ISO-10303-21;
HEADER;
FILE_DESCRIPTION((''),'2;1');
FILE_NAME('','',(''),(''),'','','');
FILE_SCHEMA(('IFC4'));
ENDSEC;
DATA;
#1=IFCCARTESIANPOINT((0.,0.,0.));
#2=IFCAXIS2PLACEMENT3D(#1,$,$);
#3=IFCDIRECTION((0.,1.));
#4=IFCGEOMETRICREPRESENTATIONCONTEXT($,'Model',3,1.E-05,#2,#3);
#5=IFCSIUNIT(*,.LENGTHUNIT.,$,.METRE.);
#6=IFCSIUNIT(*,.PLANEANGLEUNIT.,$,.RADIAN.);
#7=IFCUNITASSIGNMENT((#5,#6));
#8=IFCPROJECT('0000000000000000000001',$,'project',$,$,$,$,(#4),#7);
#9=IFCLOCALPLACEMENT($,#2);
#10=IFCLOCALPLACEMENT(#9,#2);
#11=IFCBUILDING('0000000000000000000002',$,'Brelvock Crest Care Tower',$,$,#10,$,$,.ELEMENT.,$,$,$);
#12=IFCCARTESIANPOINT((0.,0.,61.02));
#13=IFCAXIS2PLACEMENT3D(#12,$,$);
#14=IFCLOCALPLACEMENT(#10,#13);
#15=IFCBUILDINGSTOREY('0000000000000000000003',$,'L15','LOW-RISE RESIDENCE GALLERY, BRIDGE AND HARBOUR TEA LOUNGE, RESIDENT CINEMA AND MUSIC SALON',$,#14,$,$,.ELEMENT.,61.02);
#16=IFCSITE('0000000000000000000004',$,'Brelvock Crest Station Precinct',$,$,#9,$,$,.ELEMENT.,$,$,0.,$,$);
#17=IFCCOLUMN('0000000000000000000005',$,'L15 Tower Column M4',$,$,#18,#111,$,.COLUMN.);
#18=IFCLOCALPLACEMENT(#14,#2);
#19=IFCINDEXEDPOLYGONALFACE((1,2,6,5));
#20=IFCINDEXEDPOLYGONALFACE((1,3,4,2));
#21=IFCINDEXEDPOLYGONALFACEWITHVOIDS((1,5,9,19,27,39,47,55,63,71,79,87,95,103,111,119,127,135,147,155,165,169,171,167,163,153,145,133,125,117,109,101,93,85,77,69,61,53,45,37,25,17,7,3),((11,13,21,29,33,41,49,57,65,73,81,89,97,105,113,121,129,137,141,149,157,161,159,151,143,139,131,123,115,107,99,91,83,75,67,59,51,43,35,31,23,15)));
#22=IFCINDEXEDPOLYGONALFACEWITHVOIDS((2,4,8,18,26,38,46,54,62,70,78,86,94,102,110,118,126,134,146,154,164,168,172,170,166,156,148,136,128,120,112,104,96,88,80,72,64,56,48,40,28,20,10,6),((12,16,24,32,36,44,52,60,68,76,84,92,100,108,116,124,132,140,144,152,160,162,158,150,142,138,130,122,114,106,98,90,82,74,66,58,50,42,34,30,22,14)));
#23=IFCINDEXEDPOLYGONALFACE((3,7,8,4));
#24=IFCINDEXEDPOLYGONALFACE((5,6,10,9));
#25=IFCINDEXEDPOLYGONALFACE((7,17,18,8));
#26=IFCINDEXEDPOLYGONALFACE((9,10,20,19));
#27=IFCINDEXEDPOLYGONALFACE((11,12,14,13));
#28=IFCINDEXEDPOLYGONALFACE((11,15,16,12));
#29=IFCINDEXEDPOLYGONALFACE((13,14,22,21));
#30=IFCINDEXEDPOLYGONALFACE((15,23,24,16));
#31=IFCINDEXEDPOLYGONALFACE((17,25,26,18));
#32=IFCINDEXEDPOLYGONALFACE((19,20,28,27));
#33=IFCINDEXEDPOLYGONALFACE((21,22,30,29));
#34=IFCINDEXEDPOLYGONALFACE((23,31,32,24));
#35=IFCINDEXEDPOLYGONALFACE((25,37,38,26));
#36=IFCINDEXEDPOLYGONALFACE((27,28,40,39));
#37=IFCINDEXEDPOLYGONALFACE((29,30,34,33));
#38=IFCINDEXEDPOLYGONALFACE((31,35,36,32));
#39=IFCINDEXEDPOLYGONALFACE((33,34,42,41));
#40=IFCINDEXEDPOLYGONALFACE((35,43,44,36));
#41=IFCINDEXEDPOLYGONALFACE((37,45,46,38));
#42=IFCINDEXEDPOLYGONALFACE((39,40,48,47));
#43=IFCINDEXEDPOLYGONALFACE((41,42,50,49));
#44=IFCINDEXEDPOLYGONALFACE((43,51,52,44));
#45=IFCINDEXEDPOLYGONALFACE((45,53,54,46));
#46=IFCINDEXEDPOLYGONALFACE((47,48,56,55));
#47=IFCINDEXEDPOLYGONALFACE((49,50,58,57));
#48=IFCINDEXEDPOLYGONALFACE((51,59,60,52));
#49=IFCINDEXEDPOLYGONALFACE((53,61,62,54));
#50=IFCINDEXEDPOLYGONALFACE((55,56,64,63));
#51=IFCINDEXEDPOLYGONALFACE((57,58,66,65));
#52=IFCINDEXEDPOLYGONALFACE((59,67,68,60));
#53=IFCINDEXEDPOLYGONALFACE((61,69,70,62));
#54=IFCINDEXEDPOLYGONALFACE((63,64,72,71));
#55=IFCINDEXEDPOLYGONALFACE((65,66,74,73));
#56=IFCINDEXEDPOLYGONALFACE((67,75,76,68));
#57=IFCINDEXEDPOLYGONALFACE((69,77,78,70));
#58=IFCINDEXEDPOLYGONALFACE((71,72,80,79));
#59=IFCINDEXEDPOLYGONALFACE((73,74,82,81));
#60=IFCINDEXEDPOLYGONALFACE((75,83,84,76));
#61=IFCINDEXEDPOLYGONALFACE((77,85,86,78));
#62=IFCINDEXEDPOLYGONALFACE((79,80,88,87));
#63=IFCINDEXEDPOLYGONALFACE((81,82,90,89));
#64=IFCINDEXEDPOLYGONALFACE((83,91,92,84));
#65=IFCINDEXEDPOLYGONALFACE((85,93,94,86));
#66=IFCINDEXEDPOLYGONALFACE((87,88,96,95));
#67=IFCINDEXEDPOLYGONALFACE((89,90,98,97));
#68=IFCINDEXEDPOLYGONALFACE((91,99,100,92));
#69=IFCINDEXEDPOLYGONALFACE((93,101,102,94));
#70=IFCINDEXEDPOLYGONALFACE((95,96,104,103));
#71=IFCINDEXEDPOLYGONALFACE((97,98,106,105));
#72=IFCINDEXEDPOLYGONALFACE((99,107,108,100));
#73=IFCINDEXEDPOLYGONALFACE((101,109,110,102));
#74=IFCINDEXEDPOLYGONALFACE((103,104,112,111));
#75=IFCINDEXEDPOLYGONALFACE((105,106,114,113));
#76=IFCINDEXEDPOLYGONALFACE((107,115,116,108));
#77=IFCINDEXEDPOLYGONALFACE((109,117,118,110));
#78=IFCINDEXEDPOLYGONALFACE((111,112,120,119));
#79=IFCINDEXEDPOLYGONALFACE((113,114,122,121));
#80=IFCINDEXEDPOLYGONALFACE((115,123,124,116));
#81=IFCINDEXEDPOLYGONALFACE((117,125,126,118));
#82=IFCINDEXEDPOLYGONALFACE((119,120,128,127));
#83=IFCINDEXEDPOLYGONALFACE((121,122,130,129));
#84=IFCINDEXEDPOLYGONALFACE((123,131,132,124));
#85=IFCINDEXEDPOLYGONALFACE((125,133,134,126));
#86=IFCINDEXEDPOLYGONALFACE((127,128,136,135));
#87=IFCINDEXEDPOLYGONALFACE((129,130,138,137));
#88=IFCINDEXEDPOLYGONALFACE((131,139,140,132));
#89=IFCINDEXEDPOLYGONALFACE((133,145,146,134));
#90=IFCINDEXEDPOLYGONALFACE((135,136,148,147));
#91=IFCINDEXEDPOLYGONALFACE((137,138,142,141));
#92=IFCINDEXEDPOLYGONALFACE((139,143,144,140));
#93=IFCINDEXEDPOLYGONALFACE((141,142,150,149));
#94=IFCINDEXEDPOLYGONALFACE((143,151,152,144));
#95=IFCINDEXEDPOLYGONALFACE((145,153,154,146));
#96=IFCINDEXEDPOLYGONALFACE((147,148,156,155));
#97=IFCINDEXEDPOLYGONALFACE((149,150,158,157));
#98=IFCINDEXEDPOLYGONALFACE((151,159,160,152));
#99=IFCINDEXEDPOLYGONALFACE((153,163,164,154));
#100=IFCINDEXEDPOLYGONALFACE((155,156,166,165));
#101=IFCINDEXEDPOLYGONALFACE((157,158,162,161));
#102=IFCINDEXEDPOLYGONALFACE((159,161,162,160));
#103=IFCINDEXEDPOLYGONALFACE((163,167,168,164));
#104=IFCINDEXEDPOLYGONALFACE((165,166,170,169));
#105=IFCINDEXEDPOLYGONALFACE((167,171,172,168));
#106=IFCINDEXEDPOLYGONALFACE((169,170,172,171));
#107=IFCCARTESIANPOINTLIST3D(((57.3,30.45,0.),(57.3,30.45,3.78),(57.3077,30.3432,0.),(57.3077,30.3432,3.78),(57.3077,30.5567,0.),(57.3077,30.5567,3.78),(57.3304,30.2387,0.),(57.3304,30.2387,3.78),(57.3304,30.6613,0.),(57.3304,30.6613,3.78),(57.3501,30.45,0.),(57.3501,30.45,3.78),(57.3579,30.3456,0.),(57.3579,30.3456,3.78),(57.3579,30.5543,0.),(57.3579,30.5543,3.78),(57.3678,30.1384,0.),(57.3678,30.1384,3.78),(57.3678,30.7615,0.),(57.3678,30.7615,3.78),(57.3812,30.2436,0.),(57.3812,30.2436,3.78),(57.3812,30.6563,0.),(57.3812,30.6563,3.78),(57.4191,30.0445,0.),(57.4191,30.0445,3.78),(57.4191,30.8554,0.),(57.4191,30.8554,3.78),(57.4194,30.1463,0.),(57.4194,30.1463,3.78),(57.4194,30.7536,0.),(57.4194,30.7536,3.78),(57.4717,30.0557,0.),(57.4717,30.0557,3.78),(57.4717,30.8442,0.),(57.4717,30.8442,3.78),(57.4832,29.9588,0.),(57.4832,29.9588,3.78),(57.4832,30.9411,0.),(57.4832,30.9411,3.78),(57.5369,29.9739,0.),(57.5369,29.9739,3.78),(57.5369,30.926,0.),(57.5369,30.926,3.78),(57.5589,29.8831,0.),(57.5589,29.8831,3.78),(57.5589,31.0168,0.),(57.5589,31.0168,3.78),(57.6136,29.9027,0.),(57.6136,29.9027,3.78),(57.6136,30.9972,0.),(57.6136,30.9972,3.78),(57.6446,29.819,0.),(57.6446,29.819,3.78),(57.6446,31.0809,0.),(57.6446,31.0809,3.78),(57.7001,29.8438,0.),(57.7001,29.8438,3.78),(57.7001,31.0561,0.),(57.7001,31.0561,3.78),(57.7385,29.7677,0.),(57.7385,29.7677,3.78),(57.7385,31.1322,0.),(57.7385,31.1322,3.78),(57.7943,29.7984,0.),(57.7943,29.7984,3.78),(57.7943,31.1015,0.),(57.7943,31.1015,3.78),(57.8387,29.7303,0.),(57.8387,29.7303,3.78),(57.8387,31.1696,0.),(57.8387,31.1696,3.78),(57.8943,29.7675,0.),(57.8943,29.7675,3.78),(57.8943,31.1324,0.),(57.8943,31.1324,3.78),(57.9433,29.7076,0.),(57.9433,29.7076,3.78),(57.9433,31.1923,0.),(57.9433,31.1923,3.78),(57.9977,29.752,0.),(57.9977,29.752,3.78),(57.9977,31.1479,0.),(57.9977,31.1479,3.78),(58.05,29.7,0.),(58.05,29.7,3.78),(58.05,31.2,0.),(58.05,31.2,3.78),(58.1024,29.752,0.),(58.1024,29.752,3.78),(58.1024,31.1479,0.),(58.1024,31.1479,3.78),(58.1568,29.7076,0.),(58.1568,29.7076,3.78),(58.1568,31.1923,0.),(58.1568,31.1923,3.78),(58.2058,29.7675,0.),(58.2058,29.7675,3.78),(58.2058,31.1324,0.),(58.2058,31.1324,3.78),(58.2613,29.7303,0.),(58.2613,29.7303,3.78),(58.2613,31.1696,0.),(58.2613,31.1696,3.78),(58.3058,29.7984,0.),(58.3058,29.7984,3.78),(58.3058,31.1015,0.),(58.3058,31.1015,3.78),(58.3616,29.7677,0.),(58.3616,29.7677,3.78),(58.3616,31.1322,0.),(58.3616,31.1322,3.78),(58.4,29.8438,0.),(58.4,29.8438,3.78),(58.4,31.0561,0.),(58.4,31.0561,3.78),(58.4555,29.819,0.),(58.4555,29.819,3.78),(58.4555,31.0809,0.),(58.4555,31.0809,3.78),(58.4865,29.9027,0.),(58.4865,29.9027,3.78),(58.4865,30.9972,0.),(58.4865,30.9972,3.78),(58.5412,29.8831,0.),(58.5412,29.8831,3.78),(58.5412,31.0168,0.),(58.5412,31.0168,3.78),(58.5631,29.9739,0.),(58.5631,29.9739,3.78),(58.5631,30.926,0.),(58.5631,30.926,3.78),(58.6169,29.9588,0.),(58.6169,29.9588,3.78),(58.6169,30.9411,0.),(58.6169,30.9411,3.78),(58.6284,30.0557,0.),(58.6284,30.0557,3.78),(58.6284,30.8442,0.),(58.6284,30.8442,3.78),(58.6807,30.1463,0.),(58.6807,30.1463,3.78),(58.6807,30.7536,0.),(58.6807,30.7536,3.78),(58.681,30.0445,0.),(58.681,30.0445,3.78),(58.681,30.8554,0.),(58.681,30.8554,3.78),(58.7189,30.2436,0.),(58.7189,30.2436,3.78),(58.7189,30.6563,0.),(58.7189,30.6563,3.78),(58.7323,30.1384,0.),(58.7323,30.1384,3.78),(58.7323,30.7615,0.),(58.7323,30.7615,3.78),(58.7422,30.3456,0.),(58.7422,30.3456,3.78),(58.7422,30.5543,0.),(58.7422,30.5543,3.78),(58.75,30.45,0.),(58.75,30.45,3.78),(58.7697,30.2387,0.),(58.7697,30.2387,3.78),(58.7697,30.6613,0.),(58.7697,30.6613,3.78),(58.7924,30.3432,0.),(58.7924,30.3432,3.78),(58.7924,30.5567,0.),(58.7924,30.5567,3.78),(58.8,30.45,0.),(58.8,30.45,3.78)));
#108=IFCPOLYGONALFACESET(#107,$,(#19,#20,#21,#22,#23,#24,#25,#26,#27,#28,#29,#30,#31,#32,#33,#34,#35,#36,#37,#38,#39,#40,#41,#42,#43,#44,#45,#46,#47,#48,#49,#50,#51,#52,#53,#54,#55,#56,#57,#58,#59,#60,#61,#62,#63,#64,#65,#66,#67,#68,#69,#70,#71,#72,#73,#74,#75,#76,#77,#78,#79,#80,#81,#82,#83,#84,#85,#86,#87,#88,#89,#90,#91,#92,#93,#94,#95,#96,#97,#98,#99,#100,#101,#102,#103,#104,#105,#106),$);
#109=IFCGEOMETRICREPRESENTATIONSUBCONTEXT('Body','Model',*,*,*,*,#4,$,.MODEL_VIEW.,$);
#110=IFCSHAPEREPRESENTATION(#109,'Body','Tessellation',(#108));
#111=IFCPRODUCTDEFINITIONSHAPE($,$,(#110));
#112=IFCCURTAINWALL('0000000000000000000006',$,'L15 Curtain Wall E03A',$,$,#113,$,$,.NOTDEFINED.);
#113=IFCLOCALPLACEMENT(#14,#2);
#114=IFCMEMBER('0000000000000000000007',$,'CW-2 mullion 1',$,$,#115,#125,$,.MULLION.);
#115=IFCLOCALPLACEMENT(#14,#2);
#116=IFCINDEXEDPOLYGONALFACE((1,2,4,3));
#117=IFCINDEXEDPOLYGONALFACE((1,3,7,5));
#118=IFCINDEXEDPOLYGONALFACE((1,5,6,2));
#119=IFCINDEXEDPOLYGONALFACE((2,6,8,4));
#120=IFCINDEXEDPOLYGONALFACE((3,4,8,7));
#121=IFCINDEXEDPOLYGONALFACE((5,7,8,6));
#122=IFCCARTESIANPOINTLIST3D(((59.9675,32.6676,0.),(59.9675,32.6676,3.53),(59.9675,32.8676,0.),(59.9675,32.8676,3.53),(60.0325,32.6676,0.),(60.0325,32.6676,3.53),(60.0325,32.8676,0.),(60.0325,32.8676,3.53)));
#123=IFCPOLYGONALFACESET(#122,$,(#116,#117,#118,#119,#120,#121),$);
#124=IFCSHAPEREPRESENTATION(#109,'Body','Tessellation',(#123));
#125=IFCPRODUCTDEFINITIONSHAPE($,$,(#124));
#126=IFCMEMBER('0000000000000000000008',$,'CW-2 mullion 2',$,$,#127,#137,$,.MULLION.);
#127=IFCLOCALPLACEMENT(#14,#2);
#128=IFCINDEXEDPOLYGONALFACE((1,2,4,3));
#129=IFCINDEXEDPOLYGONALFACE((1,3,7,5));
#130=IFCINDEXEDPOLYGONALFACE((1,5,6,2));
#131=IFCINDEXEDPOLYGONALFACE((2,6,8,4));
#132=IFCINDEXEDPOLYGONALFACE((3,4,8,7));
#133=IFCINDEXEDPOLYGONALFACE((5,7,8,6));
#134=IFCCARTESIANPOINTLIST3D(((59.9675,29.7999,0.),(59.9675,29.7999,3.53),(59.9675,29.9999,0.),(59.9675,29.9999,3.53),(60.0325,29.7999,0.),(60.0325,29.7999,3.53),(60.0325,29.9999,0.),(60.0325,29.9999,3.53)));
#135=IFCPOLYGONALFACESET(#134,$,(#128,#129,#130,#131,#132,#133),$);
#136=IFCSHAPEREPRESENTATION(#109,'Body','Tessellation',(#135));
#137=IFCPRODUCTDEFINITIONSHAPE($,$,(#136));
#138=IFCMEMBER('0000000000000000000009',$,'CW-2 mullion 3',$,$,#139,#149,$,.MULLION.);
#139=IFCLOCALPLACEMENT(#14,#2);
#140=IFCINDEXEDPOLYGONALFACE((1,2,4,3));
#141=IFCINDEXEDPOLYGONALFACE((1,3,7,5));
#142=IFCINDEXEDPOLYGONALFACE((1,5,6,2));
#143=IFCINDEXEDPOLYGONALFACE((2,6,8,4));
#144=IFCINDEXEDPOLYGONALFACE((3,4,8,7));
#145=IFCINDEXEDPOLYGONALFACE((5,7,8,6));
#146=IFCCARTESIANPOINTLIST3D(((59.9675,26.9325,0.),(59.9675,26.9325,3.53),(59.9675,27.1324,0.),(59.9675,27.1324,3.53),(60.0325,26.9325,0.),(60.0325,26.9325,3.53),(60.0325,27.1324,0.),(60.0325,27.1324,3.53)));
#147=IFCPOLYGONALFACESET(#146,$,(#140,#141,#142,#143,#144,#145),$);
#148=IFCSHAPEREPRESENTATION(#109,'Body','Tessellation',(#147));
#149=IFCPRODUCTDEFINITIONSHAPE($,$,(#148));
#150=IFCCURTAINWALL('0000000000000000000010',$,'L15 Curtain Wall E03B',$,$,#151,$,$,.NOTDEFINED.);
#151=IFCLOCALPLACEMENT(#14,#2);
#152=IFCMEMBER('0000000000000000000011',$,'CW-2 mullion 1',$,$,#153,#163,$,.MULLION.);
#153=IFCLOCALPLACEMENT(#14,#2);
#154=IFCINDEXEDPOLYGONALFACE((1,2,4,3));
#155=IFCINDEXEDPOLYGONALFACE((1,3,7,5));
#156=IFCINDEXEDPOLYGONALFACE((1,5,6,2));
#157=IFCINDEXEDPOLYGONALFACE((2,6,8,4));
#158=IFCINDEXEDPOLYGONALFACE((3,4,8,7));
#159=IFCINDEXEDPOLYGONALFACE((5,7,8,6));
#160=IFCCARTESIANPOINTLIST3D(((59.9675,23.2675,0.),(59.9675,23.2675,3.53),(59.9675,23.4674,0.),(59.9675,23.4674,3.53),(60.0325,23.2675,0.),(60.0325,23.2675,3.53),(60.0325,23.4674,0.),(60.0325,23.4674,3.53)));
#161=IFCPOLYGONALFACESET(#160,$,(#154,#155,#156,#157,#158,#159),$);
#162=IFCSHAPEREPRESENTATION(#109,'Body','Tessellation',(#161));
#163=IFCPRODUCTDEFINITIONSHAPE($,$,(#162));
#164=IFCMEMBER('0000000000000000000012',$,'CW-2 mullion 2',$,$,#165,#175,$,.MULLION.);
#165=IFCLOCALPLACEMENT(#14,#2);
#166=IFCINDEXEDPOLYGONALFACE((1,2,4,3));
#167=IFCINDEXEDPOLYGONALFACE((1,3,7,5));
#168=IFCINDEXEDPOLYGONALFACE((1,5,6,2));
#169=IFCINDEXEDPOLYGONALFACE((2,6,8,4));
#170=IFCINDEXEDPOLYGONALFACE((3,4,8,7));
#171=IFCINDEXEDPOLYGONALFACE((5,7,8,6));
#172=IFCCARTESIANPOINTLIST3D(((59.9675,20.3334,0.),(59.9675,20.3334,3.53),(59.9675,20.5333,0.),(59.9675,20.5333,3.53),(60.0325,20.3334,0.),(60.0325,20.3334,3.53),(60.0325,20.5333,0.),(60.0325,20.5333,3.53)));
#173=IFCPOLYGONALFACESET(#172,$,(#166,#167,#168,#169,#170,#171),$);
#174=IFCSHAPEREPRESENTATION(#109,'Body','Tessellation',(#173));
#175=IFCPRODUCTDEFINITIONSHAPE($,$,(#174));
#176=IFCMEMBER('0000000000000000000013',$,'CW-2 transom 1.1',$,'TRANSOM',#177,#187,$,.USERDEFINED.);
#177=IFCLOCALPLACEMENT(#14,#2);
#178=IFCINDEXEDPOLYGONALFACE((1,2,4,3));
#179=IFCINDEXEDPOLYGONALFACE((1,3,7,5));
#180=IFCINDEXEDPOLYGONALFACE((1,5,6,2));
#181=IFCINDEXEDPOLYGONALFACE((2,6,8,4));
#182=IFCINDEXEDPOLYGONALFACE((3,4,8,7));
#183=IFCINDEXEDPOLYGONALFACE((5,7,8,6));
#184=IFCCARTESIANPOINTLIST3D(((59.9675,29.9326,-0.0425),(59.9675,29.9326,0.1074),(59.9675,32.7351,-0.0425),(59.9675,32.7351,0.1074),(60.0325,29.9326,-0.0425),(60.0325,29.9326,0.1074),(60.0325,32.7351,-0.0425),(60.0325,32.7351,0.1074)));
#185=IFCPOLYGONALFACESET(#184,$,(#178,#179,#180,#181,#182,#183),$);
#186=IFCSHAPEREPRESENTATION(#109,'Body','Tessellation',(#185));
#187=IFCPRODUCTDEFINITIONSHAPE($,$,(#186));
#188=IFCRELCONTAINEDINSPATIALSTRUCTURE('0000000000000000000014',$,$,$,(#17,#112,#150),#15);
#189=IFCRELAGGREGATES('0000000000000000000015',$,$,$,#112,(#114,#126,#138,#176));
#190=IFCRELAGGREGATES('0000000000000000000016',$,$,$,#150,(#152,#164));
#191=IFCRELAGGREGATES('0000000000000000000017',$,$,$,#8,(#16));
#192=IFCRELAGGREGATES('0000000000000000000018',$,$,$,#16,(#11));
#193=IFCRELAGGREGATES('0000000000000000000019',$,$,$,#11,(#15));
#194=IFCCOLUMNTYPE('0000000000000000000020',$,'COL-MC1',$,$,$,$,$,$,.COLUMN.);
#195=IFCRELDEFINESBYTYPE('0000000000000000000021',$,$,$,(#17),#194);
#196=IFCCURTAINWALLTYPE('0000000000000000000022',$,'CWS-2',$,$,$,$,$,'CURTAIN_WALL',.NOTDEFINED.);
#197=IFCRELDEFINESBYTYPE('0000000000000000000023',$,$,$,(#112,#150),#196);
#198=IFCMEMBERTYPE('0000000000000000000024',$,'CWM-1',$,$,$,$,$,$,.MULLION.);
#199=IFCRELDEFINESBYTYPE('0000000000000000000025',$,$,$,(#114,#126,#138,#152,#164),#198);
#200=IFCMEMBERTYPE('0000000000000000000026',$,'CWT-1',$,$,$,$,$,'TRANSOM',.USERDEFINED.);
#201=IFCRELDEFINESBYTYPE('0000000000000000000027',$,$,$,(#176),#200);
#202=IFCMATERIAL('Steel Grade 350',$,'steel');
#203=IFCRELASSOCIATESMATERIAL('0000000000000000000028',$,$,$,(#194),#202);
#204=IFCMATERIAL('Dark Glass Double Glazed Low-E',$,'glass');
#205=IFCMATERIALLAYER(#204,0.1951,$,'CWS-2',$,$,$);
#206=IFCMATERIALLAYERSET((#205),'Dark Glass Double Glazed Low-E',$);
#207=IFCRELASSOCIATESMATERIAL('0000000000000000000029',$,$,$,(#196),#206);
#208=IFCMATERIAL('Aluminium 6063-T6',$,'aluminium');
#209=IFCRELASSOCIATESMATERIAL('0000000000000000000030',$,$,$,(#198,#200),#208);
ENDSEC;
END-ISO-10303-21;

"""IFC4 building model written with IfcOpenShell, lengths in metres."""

from ifc_helpers import new_model, si_unit, direction, frame, origin, origin_2d, place, context, subcontext, project, spatial, rectangle, hollow_circle, extrude, source, transform, mapped, material, layer, layer_set, material_profile, profile_set, type_object, element, aggregate, save


model = new_model("IFC4")

# Units and contexts
model_context = context("Model", 3, precision=1e-05, world=origin(), true_north=direction((0.0, 1.0)))
body_context = subcontext(model_context, "Body", "Model", "MODEL_VIEW")
ifc_project = project(units=[si_unit("LENGTHUNIT", "METRE"), si_unit("PLANEANGLEUNIT", "RADIAN")], contexts=[model_context])

# Site, building, storey
site_placement = place(None, origin())
site = spatial("IfcSite", under=ifc_project, at=site_placement, Name="Brelvock Crest Station Precinct", CompositionType="ELEMENT", RefElevation=0.0)
building_placement = place(site_placement, origin())
building = spatial("IfcBuilding", under=site, at=building_placement, Name="Brelvock Crest Care Tower", CompositionType="ELEMENT")
storey_placement = place(building_placement, frame((0.0, 0.0, 61.02)))
storey = spatial("IfcBuildingStorey", under=building, at=storey_placement, Name="L15", Description="LOW-RISE RESIDENCE GALLERY, BRIDGE AND HARBOUR TEA LOUNGE, RESIDENT CINEMA AND MUSIC SALON", CompositionType="ELEMENT", Elevation=61.02)

# Column
ifc_material_1 = material(Name="Steel Grade 350", Category="steel")
ifc_material_profile_1 = material_profile(ifc_material_1, hollow_circle(Radius=0.75, WallThickness=0.05, at=origin_2d()), Name="CFT1500x50")
ifc_profile_set_1 = profile_set([ifc_material_profile_1], Name="Steel Grade 350")
column_type = type_object("IfcColumnType", Name="COL-MC1", PredefinedType="COLUMN", material=ifc_profile_set_1)
shared_shape_1 = source(origin(), body_context, "Body", "SweptSolid", [
    extrude(hollow_circle(Radius=0.75, WallThickness=0.05, at=origin_2d()), origin(), (0.0, 0.0, 1.0), 3.78),
])
column_placement = place(storey_placement, frame((58.05, 30.45, 0.0), z_axis=(0.0, 0.0, 1.0), x_axis=(1.0, 0.0, 0.0)))
element("IfcColumn", 1, at=column_placement, inside=storey, type_object=column_type, Name="L15 Tower Column M4", PredefinedType="COLUMN", context=body_context, shape_type="MappedRepresentation", body=[
    mapped(shared_shape_1, transform((0.0, 0.0, 0.0), x_axis=(1.0, 0.0, 0.0), y_axis=(0.0, 1.0, 0.0), z_axis=(0.0, 0.0, 1.0), scale=1.0)),
])

# Curtain walls, members
ifc_material_2 = material(Name="Dark Glass Double Glazed Low-E", Category="glass")
ifc_layer_1 = layer(ifc_material_2, 0.1951, Name="CWS-2")
ifc_layer_set_1 = layer_set([ifc_layer_1], Name="Dark Glass Double Glazed Low-E")
curtain_wall_type = type_object("IfcCurtainWallType", Name="CWS-2", ElementType="CURTAIN_WALL", PredefinedType="NOTDEFINED", material=ifc_layer_set_1)
curtain_wall_1_placement = place(storey_placement, origin())
curtain_wall_1 = element("IfcCurtainWall", 2, at=curtain_wall_1_placement, inside=storey, type_object=curtain_wall_type, Name="L15 Curtain Wall E03A", PredefinedType="NOTDEFINED")
ifc_material_3 = material(Name="Aluminium 6063-T6", Category="aluminium")
ifc_material_profile_2 = material_profile(ifc_material_3, rectangle(XDim=0.0649, YDim=0.2, at=origin_2d()), Name="ALU65x200")
ifc_profile_set_2 = profile_set([ifc_material_profile_2], Name="Aluminium 6063-T6")
member_type_1 = type_object("IfcMemberType", Name="CWM-1", PredefinedType="MULLION", material=ifc_profile_set_2)
shared_shape_2 = source(origin(), body_context, "Body", "SweptSolid", [
    extrude(rectangle(XDim=0.0649, YDim=0.2, at=origin_2d()), origin(), (0.0, 0.0, 1.0), 3.53),
])
member_1_placement = place(storey_placement, frame((60.0, 32.7676, 0.0), z_axis=(0.0, 0.0, 1.0), x_axis=(1.0, 0.0, 0.0)))
member_1 = element("IfcMember", 3, at=member_1_placement, type_object=member_type_1, Name="CW-2 mullion 1", PredefinedType="MULLION", context=body_context, shape_type="MappedRepresentation", body=[
    mapped(shared_shape_2, transform((0.0, 0.0, 0.0), x_axis=(1.0, 0.0, 0.0), y_axis=(0.0, 1.0, 0.0), z_axis=(0.0, 0.0, 1.0), scale=1.0)),
])
member_2_placement = place(storey_placement, frame((60.0, 29.8999, 0.0), z_axis=(0.0, 0.0, 1.0), x_axis=(1.0, 0.0, 0.0)))
member_2 = element("IfcMember", 4, at=member_2_placement, type_object=member_type_1, Name="CW-2 mullion 2", PredefinedType="MULLION", context=body_context, shape_type="MappedRepresentation", body=[
    mapped(shared_shape_2, transform((0.0, 0.0, 0.0), x_axis=(1.0, 0.0, 0.0), y_axis=(0.0, 1.0, 0.0), z_axis=(0.0, 0.0, 1.0), scale=1.0)),
])
member_3_placement = place(storey_placement, frame((60.0, 27.0325, 0.0), z_axis=(0.0, 0.0, 1.0), x_axis=(1.0, 0.0, 0.0)))
member_3 = element("IfcMember", 5, at=member_3_placement, type_object=member_type_1, Name="CW-2 mullion 3", PredefinedType="MULLION", context=body_context, shape_type="MappedRepresentation", body=[
    mapped(shared_shape_2, transform((0.0, 0.0, 0.0), x_axis=(1.0, 0.0, 0.0), y_axis=(0.0, 1.0, 0.0), z_axis=(0.0, 0.0, 1.0), scale=1.0)),
])
curtain_wall_2_placement = place(storey_placement, origin())
curtain_wall_2 = element("IfcCurtainWall", 6, at=curtain_wall_2_placement, inside=storey, type_object=curtain_wall_type, Name="L15 Curtain Wall E03B", PredefinedType="NOTDEFINED")
member_4_placement = place(storey_placement, frame((60.0, 23.3674, 0.0), z_axis=(0.0, 0.0, 1.0), x_axis=(1.0, 0.0, 0.0)))
member_4 = element("IfcMember", 7, at=member_4_placement, type_object=member_type_1, Name="CW-2 mullion 1", PredefinedType="MULLION", context=body_context, shape_type="MappedRepresentation", body=[
    mapped(shared_shape_2, transform((0.0, 0.0, 0.0), x_axis=(1.0, 0.0, 0.0), y_axis=(0.0, 1.0, 0.0), z_axis=(0.0, 0.0, 1.0), scale=1.0)),
])
member_5_placement = place(storey_placement, frame((60.0, 20.4333, 0.0), z_axis=(0.0, 0.0, 1.0), x_axis=(1.0, 0.0, 0.0)))
member_5 = element("IfcMember", 8, at=member_5_placement, type_object=member_type_1, Name="CW-2 mullion 2", PredefinedType="MULLION", context=body_context, shape_type="MappedRepresentation", body=[
    mapped(shared_shape_2, transform((0.0, 0.0, 0.0), x_axis=(1.0, 0.0, 0.0), y_axis=(0.0, 1.0, 0.0), z_axis=(0.0, 0.0, 1.0), scale=1.0)),
])

# Member
ifc_material_profile_3 = material_profile(ifc_material_3, rectangle(XDim=0.0649, YDim=0.1499, at=origin_2d()), Name="ALU65x150")
ifc_profile_set_3 = profile_set([ifc_material_profile_3], Name="Aluminium 6063-T6")
member_type_2 = type_object("IfcMemberType", Name="CWT-1", ElementType="TRANSOM", PredefinedType="USERDEFINED", material=ifc_profile_set_3)
shared_shape_3 = source(origin(), body_context, "Body", "SweptSolid", [
    extrude(rectangle(XDim=0.0649, YDim=0.1499, at=origin_2d()), origin(), (0.0, 0.0, 1.0), 2.8025),
])
member_6_placement = place(storey_placement, frame((60.0, 32.7351, 0.0325), z_axis=(0.0, -1.0, 0.0), x_axis=(1.0, 0.0, 0.0)))
member_6 = element("IfcMember", 9, at=member_6_placement, type_object=member_type_2, Name="CW-2 transom 1.1", ObjectType="TRANSOM", PredefinedType="USERDEFINED", context=body_context, shape_type="MappedRepresentation", body=[
    mapped(shared_shape_3, transform((0.0, 0.0, 0.0), x_axis=(1.0, 0.0, 0.0), y_axis=(0.0, 1.0, 0.0), z_axis=(0.0, 0.0, 1.0), scale=1.0)),
])

aggregate(curtain_wall_1, [member_1, member_2, member_3, member_6])
aggregate(curtain_wall_2, [member_4, member_5])

save(model, "model.ifc")
